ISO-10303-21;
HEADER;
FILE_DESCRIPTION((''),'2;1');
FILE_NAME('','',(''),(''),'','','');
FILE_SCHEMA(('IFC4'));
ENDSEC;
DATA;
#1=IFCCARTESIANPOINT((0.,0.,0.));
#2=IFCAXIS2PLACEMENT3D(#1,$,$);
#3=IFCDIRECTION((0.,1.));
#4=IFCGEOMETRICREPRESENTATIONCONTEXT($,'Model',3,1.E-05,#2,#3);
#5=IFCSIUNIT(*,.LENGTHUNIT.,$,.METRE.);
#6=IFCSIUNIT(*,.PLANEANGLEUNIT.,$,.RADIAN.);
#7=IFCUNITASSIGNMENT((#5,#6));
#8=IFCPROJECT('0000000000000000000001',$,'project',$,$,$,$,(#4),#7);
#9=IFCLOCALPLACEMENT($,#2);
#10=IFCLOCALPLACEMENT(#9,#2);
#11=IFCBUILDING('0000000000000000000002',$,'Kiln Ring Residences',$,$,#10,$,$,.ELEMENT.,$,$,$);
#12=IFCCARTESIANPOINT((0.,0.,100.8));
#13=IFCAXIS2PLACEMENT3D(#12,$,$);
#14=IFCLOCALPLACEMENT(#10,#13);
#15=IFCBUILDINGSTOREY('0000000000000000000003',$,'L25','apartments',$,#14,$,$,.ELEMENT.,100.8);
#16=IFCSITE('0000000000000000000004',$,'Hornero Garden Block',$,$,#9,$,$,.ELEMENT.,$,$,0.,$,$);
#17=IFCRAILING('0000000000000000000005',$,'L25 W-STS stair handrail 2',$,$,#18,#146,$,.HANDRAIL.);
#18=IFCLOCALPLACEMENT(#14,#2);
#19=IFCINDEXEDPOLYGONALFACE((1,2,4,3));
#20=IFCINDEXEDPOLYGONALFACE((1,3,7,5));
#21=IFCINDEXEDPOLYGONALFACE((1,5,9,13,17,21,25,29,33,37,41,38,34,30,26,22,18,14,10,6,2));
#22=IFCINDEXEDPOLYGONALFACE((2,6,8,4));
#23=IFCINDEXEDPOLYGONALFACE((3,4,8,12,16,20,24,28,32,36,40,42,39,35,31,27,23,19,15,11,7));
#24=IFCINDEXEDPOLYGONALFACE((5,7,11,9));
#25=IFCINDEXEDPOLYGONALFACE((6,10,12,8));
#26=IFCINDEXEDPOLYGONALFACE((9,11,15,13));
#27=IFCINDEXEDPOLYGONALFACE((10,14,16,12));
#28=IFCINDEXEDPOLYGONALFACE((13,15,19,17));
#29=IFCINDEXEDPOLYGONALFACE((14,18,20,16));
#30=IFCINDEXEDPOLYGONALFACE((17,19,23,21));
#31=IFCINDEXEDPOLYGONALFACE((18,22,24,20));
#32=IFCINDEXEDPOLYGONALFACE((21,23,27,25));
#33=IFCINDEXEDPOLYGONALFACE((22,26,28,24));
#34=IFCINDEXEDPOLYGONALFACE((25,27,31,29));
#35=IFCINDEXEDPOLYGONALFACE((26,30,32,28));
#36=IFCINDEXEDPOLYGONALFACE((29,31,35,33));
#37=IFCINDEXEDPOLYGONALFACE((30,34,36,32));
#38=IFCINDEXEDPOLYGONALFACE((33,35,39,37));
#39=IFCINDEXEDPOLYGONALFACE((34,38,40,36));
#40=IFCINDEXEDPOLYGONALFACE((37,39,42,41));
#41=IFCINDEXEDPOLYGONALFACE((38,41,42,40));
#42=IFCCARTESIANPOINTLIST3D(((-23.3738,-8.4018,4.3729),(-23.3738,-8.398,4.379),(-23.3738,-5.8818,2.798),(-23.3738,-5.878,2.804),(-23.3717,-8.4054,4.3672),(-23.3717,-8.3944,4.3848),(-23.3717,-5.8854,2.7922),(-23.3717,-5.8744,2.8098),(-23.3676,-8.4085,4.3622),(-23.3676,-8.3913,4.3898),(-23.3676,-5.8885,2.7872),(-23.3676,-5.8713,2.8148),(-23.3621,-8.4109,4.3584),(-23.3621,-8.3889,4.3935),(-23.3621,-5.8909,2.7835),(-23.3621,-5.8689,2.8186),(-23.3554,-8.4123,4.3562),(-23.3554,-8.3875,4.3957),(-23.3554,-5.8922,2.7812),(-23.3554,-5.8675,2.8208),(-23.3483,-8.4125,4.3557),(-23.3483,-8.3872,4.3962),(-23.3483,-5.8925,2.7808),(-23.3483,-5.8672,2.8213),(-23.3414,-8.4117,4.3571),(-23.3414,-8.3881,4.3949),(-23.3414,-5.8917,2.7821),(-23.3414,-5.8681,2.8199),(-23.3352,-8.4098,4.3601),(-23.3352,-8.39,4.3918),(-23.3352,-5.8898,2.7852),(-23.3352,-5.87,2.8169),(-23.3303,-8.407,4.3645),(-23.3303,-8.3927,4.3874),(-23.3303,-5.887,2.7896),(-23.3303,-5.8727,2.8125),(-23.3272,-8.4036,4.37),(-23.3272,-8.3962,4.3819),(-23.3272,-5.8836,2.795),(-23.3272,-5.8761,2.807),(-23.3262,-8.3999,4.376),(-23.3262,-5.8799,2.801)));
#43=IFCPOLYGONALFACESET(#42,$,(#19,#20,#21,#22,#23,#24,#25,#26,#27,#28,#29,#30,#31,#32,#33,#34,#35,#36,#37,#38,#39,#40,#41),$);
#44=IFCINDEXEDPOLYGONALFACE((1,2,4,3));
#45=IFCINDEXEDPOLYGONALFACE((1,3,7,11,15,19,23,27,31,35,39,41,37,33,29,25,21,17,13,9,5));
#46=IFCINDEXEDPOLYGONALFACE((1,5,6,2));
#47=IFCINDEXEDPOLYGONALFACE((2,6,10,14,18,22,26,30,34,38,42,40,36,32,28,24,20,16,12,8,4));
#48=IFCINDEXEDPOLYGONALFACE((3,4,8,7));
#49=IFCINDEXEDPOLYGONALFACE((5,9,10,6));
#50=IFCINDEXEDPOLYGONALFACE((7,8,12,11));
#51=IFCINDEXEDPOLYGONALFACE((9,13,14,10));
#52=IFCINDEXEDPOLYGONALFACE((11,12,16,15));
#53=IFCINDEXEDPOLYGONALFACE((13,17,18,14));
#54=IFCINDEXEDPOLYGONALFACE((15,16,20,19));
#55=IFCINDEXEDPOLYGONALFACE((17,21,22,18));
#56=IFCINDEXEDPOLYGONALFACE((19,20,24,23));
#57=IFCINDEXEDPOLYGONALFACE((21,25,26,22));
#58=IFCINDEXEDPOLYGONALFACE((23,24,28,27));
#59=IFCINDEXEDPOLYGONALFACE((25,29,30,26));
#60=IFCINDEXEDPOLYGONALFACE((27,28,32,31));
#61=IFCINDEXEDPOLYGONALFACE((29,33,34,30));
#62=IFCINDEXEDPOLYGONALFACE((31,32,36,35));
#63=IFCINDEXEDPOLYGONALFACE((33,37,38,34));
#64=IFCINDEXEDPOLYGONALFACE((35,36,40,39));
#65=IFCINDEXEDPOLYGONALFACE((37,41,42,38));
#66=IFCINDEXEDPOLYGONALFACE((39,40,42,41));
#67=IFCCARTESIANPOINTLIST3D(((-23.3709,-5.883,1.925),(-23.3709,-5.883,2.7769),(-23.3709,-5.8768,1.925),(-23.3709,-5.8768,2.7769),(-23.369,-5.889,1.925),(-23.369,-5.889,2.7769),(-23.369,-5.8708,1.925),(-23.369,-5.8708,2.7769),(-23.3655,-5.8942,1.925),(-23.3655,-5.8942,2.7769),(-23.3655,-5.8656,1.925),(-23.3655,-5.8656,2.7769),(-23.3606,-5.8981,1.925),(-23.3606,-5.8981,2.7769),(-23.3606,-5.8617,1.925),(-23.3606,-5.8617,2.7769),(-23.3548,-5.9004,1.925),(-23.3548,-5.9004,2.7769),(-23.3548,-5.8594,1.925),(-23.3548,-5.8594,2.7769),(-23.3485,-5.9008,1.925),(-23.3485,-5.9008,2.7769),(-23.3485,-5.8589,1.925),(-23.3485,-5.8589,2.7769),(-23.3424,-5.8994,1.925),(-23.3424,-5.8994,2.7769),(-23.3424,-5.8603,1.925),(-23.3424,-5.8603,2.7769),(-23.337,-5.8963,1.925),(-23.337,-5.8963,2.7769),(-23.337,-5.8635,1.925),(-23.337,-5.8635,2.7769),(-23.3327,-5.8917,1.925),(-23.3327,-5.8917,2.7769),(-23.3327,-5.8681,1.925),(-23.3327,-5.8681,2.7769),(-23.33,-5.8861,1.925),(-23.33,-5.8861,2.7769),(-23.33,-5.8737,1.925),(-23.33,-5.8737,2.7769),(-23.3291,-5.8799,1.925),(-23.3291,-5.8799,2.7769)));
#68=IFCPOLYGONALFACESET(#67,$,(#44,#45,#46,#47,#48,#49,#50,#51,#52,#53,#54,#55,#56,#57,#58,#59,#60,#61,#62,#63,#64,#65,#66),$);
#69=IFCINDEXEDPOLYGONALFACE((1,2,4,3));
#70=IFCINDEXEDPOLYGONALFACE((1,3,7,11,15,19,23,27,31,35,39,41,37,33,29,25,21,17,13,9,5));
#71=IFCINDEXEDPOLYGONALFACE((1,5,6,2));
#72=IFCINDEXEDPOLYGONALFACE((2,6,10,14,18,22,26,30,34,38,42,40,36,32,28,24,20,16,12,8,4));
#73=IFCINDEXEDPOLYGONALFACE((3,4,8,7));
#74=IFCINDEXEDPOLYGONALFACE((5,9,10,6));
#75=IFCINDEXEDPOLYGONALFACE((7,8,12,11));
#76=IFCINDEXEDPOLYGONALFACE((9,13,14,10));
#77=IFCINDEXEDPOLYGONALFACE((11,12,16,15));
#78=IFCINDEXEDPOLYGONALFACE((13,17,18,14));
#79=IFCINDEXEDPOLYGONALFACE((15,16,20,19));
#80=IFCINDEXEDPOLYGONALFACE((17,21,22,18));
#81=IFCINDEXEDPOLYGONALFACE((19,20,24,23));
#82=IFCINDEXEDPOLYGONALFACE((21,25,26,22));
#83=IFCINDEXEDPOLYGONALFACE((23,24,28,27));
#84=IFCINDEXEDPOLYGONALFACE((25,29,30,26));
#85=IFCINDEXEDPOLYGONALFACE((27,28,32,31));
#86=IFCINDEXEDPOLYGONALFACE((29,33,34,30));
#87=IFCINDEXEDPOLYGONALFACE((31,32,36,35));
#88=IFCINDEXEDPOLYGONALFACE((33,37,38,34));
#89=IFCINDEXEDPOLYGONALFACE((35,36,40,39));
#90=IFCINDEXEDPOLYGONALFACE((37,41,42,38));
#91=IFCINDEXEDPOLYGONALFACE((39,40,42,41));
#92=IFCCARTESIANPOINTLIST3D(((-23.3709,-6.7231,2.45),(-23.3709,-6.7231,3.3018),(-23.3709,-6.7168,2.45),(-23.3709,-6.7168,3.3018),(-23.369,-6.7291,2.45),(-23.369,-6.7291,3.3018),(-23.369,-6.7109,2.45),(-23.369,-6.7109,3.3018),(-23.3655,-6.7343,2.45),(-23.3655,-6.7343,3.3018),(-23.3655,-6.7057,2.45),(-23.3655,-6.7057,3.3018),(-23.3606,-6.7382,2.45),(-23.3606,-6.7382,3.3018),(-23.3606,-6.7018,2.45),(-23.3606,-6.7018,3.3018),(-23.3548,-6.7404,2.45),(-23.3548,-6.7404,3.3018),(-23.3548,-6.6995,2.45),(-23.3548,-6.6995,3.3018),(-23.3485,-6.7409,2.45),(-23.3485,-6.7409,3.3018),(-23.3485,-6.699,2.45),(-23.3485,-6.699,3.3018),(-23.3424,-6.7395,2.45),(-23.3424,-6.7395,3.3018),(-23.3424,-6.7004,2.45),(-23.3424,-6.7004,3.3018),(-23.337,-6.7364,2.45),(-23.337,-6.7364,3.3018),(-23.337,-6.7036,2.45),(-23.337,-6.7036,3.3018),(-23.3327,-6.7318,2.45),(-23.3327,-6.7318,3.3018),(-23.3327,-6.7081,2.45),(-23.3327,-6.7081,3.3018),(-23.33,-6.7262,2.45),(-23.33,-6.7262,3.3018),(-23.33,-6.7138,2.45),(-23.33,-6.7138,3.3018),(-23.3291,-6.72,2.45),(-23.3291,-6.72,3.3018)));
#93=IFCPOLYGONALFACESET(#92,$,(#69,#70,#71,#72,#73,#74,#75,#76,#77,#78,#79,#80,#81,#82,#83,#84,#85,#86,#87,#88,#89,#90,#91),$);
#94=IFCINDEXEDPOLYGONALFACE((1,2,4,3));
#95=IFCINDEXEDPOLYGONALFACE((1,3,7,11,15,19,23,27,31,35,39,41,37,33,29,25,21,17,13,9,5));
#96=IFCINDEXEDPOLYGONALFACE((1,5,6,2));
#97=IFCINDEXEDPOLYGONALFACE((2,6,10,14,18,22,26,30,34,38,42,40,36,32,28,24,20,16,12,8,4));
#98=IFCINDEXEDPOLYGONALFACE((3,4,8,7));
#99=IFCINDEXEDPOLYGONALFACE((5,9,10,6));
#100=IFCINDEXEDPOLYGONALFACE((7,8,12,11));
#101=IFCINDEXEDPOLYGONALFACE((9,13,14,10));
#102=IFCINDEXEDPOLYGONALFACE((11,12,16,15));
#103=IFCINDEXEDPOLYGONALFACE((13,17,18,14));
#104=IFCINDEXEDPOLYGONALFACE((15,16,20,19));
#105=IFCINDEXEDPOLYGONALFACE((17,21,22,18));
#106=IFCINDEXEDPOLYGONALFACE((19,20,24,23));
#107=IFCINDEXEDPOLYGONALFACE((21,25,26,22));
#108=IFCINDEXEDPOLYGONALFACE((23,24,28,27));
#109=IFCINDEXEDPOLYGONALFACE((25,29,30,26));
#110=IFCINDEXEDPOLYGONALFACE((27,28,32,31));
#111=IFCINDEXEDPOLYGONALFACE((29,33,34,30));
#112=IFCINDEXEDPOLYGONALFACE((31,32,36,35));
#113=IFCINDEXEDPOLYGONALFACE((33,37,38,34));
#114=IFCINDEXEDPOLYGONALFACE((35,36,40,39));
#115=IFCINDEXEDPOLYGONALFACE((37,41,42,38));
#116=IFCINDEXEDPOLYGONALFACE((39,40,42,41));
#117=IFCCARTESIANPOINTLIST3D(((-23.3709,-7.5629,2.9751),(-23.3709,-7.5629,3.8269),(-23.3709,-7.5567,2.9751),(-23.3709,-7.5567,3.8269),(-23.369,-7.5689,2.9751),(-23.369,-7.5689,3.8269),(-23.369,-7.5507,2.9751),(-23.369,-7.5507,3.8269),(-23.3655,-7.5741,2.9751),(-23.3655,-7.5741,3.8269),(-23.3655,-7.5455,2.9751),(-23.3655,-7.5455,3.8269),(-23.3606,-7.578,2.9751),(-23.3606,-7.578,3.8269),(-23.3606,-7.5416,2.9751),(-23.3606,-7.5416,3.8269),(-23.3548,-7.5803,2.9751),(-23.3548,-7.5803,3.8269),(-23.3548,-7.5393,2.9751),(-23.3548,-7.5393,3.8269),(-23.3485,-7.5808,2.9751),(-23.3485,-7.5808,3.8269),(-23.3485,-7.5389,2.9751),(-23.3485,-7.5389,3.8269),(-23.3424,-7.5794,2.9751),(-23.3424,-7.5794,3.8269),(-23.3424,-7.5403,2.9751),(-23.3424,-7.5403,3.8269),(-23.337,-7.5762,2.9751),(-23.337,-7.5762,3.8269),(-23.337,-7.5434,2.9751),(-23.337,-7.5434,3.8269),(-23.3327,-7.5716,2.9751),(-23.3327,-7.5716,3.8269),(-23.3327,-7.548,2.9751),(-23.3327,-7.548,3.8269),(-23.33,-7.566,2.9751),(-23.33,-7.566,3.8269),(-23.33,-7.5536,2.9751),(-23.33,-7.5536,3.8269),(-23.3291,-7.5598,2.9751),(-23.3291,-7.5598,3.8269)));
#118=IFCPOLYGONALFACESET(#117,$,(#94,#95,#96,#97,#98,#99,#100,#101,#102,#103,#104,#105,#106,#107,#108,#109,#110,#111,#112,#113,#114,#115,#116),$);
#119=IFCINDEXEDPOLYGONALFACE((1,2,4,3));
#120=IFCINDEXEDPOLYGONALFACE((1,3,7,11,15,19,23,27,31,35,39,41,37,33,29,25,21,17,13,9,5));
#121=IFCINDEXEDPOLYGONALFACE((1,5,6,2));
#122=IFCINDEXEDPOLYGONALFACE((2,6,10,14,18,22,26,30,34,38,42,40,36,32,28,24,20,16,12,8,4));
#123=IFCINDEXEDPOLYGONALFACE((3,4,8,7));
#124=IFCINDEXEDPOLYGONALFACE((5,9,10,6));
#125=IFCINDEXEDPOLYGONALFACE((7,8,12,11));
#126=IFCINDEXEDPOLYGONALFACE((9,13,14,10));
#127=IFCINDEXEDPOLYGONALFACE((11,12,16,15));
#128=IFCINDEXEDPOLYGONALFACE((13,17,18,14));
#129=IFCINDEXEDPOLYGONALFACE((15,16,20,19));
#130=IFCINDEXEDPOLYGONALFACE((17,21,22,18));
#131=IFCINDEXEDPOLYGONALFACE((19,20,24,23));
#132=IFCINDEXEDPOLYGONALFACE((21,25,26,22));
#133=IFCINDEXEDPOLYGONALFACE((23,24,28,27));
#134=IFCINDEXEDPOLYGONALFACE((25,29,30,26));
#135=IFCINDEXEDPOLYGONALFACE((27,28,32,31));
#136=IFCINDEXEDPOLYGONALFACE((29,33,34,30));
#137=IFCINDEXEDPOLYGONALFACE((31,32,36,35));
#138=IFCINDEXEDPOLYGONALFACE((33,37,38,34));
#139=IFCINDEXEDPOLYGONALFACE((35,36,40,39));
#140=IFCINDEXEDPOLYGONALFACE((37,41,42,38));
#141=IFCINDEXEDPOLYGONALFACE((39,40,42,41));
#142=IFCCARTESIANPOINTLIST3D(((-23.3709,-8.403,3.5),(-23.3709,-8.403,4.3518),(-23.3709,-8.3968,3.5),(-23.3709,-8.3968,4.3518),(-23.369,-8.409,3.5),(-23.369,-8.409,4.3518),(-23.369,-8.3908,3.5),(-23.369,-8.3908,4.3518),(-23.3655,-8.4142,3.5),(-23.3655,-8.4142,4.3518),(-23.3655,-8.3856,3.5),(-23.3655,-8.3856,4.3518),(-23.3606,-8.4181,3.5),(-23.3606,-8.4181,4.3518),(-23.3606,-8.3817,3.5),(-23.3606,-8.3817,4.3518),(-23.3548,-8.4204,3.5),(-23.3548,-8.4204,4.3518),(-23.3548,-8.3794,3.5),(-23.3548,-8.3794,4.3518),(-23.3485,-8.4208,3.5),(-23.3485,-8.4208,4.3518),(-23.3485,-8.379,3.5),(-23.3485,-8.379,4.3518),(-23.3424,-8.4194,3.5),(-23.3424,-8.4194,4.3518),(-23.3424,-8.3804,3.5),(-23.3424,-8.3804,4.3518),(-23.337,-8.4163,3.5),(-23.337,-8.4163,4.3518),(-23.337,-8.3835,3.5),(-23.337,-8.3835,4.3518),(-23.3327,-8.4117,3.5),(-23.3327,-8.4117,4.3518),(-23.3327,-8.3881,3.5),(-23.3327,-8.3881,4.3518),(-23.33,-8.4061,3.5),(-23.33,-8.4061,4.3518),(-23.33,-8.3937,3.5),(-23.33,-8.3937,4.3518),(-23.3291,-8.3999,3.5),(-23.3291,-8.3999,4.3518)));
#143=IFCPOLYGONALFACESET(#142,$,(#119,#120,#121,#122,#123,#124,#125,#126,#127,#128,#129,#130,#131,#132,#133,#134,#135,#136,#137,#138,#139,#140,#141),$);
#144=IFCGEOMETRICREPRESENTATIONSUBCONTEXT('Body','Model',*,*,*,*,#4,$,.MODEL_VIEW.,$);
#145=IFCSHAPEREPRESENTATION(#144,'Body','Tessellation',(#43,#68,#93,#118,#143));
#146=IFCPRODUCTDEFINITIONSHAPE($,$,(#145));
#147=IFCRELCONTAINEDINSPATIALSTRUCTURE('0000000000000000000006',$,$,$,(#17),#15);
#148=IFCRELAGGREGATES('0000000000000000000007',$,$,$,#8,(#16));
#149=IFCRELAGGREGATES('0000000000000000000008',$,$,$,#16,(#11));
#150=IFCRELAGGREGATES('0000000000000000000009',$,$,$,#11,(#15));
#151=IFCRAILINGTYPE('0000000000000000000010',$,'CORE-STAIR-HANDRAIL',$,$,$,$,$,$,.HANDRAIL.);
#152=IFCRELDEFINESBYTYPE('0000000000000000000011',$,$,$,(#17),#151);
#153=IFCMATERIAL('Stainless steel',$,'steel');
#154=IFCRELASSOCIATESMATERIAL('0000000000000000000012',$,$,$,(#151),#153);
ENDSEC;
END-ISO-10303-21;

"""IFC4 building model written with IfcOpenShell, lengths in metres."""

from ifc_helpers import new_model, si_unit, direction, frame, origin, origin_2d, place, context, subcontext, project, spatial, circle, extrude, material, type_object, element, save


model = new_model("IFC4")

# Units and contexts
model_context = context("Model", 3, precision=1e-05, world=origin(), true_north=direction((0.0, 1.0)))
body_context = subcontext(model_context, "Body", "Model", "MODEL_VIEW")
ifc_project = project(units=[si_unit("LENGTHUNIT", "METRE"), si_unit("PLANEANGLEUNIT", "RADIAN")], contexts=[model_context])

# Site, building, storey
site_placement = place(None, origin())
site = spatial("IfcSite", under=ifc_project, at=site_placement, Name="Hornero Garden Block", CompositionType="ELEMENT", RefElevation=0.0)
building_placement = place(site_placement, origin())
building = spatial("IfcBuilding", under=site, at=building_placement, Name="Kiln Ring Residences", CompositionType="ELEMENT")
storey_placement = place(building_placement, frame((0.0, 0.0, 100.8)))
storey = spatial("IfcBuildingStorey", under=building, at=storey_placement, Name="L25", Description="apartments", CompositionType="ELEMENT", Elevation=100.8)

# Railing
ifc_material_1 = material(Name="Stainless steel", Category="steel")
railing_type_1 = type_object("IfcRailingType", Name="CORE-STAIR-HANDRAIL", PredefinedType="HANDRAIL", material=ifc_material_1)
railing_1_placement = place(storey_placement, frame((-23.3501, -5.8799, 1.925)))
element("IfcRailing", 1, at=railing_1_placement, inside=storey, type_object=railing_type_1, Name="L25 W-STS stair handrail 2", PredefinedType="HANDRAIL", context=body_context, shape_type="SweptSolid", body=[
    extrude(circle(Radius=0.0239, at=origin_2d()), frame((0.0, 0.0, 0.876), z_axis=(0.0, -0.848008, 0.529984), x_axis=(1.0, 0.0, 0.0)), (0.0, 0.0, 1.0), 2.9717),
    extrude(circle(Radius=0.021, at=origin_2d()), origin(), (0.0, 0.0, 1.0), 0.8518),
    extrude(circle(Radius=0.021, at=origin_2d()), frame((0.0, -0.8401, 0.5249)), (0.0, 0.0, 1.0), 0.8518),
    extrude(circle(Radius=0.021, at=origin_2d()), frame((0.0, -1.6799, 1.05)), (0.0, 0.0, 1.0), 0.8518),
    extrude(circle(Radius=0.021, at=origin_2d()), frame((0.0, -2.52, 1.575)), (0.0, 0.0, 1.0), 0.8518),
])

save(model, "model.ifc")
